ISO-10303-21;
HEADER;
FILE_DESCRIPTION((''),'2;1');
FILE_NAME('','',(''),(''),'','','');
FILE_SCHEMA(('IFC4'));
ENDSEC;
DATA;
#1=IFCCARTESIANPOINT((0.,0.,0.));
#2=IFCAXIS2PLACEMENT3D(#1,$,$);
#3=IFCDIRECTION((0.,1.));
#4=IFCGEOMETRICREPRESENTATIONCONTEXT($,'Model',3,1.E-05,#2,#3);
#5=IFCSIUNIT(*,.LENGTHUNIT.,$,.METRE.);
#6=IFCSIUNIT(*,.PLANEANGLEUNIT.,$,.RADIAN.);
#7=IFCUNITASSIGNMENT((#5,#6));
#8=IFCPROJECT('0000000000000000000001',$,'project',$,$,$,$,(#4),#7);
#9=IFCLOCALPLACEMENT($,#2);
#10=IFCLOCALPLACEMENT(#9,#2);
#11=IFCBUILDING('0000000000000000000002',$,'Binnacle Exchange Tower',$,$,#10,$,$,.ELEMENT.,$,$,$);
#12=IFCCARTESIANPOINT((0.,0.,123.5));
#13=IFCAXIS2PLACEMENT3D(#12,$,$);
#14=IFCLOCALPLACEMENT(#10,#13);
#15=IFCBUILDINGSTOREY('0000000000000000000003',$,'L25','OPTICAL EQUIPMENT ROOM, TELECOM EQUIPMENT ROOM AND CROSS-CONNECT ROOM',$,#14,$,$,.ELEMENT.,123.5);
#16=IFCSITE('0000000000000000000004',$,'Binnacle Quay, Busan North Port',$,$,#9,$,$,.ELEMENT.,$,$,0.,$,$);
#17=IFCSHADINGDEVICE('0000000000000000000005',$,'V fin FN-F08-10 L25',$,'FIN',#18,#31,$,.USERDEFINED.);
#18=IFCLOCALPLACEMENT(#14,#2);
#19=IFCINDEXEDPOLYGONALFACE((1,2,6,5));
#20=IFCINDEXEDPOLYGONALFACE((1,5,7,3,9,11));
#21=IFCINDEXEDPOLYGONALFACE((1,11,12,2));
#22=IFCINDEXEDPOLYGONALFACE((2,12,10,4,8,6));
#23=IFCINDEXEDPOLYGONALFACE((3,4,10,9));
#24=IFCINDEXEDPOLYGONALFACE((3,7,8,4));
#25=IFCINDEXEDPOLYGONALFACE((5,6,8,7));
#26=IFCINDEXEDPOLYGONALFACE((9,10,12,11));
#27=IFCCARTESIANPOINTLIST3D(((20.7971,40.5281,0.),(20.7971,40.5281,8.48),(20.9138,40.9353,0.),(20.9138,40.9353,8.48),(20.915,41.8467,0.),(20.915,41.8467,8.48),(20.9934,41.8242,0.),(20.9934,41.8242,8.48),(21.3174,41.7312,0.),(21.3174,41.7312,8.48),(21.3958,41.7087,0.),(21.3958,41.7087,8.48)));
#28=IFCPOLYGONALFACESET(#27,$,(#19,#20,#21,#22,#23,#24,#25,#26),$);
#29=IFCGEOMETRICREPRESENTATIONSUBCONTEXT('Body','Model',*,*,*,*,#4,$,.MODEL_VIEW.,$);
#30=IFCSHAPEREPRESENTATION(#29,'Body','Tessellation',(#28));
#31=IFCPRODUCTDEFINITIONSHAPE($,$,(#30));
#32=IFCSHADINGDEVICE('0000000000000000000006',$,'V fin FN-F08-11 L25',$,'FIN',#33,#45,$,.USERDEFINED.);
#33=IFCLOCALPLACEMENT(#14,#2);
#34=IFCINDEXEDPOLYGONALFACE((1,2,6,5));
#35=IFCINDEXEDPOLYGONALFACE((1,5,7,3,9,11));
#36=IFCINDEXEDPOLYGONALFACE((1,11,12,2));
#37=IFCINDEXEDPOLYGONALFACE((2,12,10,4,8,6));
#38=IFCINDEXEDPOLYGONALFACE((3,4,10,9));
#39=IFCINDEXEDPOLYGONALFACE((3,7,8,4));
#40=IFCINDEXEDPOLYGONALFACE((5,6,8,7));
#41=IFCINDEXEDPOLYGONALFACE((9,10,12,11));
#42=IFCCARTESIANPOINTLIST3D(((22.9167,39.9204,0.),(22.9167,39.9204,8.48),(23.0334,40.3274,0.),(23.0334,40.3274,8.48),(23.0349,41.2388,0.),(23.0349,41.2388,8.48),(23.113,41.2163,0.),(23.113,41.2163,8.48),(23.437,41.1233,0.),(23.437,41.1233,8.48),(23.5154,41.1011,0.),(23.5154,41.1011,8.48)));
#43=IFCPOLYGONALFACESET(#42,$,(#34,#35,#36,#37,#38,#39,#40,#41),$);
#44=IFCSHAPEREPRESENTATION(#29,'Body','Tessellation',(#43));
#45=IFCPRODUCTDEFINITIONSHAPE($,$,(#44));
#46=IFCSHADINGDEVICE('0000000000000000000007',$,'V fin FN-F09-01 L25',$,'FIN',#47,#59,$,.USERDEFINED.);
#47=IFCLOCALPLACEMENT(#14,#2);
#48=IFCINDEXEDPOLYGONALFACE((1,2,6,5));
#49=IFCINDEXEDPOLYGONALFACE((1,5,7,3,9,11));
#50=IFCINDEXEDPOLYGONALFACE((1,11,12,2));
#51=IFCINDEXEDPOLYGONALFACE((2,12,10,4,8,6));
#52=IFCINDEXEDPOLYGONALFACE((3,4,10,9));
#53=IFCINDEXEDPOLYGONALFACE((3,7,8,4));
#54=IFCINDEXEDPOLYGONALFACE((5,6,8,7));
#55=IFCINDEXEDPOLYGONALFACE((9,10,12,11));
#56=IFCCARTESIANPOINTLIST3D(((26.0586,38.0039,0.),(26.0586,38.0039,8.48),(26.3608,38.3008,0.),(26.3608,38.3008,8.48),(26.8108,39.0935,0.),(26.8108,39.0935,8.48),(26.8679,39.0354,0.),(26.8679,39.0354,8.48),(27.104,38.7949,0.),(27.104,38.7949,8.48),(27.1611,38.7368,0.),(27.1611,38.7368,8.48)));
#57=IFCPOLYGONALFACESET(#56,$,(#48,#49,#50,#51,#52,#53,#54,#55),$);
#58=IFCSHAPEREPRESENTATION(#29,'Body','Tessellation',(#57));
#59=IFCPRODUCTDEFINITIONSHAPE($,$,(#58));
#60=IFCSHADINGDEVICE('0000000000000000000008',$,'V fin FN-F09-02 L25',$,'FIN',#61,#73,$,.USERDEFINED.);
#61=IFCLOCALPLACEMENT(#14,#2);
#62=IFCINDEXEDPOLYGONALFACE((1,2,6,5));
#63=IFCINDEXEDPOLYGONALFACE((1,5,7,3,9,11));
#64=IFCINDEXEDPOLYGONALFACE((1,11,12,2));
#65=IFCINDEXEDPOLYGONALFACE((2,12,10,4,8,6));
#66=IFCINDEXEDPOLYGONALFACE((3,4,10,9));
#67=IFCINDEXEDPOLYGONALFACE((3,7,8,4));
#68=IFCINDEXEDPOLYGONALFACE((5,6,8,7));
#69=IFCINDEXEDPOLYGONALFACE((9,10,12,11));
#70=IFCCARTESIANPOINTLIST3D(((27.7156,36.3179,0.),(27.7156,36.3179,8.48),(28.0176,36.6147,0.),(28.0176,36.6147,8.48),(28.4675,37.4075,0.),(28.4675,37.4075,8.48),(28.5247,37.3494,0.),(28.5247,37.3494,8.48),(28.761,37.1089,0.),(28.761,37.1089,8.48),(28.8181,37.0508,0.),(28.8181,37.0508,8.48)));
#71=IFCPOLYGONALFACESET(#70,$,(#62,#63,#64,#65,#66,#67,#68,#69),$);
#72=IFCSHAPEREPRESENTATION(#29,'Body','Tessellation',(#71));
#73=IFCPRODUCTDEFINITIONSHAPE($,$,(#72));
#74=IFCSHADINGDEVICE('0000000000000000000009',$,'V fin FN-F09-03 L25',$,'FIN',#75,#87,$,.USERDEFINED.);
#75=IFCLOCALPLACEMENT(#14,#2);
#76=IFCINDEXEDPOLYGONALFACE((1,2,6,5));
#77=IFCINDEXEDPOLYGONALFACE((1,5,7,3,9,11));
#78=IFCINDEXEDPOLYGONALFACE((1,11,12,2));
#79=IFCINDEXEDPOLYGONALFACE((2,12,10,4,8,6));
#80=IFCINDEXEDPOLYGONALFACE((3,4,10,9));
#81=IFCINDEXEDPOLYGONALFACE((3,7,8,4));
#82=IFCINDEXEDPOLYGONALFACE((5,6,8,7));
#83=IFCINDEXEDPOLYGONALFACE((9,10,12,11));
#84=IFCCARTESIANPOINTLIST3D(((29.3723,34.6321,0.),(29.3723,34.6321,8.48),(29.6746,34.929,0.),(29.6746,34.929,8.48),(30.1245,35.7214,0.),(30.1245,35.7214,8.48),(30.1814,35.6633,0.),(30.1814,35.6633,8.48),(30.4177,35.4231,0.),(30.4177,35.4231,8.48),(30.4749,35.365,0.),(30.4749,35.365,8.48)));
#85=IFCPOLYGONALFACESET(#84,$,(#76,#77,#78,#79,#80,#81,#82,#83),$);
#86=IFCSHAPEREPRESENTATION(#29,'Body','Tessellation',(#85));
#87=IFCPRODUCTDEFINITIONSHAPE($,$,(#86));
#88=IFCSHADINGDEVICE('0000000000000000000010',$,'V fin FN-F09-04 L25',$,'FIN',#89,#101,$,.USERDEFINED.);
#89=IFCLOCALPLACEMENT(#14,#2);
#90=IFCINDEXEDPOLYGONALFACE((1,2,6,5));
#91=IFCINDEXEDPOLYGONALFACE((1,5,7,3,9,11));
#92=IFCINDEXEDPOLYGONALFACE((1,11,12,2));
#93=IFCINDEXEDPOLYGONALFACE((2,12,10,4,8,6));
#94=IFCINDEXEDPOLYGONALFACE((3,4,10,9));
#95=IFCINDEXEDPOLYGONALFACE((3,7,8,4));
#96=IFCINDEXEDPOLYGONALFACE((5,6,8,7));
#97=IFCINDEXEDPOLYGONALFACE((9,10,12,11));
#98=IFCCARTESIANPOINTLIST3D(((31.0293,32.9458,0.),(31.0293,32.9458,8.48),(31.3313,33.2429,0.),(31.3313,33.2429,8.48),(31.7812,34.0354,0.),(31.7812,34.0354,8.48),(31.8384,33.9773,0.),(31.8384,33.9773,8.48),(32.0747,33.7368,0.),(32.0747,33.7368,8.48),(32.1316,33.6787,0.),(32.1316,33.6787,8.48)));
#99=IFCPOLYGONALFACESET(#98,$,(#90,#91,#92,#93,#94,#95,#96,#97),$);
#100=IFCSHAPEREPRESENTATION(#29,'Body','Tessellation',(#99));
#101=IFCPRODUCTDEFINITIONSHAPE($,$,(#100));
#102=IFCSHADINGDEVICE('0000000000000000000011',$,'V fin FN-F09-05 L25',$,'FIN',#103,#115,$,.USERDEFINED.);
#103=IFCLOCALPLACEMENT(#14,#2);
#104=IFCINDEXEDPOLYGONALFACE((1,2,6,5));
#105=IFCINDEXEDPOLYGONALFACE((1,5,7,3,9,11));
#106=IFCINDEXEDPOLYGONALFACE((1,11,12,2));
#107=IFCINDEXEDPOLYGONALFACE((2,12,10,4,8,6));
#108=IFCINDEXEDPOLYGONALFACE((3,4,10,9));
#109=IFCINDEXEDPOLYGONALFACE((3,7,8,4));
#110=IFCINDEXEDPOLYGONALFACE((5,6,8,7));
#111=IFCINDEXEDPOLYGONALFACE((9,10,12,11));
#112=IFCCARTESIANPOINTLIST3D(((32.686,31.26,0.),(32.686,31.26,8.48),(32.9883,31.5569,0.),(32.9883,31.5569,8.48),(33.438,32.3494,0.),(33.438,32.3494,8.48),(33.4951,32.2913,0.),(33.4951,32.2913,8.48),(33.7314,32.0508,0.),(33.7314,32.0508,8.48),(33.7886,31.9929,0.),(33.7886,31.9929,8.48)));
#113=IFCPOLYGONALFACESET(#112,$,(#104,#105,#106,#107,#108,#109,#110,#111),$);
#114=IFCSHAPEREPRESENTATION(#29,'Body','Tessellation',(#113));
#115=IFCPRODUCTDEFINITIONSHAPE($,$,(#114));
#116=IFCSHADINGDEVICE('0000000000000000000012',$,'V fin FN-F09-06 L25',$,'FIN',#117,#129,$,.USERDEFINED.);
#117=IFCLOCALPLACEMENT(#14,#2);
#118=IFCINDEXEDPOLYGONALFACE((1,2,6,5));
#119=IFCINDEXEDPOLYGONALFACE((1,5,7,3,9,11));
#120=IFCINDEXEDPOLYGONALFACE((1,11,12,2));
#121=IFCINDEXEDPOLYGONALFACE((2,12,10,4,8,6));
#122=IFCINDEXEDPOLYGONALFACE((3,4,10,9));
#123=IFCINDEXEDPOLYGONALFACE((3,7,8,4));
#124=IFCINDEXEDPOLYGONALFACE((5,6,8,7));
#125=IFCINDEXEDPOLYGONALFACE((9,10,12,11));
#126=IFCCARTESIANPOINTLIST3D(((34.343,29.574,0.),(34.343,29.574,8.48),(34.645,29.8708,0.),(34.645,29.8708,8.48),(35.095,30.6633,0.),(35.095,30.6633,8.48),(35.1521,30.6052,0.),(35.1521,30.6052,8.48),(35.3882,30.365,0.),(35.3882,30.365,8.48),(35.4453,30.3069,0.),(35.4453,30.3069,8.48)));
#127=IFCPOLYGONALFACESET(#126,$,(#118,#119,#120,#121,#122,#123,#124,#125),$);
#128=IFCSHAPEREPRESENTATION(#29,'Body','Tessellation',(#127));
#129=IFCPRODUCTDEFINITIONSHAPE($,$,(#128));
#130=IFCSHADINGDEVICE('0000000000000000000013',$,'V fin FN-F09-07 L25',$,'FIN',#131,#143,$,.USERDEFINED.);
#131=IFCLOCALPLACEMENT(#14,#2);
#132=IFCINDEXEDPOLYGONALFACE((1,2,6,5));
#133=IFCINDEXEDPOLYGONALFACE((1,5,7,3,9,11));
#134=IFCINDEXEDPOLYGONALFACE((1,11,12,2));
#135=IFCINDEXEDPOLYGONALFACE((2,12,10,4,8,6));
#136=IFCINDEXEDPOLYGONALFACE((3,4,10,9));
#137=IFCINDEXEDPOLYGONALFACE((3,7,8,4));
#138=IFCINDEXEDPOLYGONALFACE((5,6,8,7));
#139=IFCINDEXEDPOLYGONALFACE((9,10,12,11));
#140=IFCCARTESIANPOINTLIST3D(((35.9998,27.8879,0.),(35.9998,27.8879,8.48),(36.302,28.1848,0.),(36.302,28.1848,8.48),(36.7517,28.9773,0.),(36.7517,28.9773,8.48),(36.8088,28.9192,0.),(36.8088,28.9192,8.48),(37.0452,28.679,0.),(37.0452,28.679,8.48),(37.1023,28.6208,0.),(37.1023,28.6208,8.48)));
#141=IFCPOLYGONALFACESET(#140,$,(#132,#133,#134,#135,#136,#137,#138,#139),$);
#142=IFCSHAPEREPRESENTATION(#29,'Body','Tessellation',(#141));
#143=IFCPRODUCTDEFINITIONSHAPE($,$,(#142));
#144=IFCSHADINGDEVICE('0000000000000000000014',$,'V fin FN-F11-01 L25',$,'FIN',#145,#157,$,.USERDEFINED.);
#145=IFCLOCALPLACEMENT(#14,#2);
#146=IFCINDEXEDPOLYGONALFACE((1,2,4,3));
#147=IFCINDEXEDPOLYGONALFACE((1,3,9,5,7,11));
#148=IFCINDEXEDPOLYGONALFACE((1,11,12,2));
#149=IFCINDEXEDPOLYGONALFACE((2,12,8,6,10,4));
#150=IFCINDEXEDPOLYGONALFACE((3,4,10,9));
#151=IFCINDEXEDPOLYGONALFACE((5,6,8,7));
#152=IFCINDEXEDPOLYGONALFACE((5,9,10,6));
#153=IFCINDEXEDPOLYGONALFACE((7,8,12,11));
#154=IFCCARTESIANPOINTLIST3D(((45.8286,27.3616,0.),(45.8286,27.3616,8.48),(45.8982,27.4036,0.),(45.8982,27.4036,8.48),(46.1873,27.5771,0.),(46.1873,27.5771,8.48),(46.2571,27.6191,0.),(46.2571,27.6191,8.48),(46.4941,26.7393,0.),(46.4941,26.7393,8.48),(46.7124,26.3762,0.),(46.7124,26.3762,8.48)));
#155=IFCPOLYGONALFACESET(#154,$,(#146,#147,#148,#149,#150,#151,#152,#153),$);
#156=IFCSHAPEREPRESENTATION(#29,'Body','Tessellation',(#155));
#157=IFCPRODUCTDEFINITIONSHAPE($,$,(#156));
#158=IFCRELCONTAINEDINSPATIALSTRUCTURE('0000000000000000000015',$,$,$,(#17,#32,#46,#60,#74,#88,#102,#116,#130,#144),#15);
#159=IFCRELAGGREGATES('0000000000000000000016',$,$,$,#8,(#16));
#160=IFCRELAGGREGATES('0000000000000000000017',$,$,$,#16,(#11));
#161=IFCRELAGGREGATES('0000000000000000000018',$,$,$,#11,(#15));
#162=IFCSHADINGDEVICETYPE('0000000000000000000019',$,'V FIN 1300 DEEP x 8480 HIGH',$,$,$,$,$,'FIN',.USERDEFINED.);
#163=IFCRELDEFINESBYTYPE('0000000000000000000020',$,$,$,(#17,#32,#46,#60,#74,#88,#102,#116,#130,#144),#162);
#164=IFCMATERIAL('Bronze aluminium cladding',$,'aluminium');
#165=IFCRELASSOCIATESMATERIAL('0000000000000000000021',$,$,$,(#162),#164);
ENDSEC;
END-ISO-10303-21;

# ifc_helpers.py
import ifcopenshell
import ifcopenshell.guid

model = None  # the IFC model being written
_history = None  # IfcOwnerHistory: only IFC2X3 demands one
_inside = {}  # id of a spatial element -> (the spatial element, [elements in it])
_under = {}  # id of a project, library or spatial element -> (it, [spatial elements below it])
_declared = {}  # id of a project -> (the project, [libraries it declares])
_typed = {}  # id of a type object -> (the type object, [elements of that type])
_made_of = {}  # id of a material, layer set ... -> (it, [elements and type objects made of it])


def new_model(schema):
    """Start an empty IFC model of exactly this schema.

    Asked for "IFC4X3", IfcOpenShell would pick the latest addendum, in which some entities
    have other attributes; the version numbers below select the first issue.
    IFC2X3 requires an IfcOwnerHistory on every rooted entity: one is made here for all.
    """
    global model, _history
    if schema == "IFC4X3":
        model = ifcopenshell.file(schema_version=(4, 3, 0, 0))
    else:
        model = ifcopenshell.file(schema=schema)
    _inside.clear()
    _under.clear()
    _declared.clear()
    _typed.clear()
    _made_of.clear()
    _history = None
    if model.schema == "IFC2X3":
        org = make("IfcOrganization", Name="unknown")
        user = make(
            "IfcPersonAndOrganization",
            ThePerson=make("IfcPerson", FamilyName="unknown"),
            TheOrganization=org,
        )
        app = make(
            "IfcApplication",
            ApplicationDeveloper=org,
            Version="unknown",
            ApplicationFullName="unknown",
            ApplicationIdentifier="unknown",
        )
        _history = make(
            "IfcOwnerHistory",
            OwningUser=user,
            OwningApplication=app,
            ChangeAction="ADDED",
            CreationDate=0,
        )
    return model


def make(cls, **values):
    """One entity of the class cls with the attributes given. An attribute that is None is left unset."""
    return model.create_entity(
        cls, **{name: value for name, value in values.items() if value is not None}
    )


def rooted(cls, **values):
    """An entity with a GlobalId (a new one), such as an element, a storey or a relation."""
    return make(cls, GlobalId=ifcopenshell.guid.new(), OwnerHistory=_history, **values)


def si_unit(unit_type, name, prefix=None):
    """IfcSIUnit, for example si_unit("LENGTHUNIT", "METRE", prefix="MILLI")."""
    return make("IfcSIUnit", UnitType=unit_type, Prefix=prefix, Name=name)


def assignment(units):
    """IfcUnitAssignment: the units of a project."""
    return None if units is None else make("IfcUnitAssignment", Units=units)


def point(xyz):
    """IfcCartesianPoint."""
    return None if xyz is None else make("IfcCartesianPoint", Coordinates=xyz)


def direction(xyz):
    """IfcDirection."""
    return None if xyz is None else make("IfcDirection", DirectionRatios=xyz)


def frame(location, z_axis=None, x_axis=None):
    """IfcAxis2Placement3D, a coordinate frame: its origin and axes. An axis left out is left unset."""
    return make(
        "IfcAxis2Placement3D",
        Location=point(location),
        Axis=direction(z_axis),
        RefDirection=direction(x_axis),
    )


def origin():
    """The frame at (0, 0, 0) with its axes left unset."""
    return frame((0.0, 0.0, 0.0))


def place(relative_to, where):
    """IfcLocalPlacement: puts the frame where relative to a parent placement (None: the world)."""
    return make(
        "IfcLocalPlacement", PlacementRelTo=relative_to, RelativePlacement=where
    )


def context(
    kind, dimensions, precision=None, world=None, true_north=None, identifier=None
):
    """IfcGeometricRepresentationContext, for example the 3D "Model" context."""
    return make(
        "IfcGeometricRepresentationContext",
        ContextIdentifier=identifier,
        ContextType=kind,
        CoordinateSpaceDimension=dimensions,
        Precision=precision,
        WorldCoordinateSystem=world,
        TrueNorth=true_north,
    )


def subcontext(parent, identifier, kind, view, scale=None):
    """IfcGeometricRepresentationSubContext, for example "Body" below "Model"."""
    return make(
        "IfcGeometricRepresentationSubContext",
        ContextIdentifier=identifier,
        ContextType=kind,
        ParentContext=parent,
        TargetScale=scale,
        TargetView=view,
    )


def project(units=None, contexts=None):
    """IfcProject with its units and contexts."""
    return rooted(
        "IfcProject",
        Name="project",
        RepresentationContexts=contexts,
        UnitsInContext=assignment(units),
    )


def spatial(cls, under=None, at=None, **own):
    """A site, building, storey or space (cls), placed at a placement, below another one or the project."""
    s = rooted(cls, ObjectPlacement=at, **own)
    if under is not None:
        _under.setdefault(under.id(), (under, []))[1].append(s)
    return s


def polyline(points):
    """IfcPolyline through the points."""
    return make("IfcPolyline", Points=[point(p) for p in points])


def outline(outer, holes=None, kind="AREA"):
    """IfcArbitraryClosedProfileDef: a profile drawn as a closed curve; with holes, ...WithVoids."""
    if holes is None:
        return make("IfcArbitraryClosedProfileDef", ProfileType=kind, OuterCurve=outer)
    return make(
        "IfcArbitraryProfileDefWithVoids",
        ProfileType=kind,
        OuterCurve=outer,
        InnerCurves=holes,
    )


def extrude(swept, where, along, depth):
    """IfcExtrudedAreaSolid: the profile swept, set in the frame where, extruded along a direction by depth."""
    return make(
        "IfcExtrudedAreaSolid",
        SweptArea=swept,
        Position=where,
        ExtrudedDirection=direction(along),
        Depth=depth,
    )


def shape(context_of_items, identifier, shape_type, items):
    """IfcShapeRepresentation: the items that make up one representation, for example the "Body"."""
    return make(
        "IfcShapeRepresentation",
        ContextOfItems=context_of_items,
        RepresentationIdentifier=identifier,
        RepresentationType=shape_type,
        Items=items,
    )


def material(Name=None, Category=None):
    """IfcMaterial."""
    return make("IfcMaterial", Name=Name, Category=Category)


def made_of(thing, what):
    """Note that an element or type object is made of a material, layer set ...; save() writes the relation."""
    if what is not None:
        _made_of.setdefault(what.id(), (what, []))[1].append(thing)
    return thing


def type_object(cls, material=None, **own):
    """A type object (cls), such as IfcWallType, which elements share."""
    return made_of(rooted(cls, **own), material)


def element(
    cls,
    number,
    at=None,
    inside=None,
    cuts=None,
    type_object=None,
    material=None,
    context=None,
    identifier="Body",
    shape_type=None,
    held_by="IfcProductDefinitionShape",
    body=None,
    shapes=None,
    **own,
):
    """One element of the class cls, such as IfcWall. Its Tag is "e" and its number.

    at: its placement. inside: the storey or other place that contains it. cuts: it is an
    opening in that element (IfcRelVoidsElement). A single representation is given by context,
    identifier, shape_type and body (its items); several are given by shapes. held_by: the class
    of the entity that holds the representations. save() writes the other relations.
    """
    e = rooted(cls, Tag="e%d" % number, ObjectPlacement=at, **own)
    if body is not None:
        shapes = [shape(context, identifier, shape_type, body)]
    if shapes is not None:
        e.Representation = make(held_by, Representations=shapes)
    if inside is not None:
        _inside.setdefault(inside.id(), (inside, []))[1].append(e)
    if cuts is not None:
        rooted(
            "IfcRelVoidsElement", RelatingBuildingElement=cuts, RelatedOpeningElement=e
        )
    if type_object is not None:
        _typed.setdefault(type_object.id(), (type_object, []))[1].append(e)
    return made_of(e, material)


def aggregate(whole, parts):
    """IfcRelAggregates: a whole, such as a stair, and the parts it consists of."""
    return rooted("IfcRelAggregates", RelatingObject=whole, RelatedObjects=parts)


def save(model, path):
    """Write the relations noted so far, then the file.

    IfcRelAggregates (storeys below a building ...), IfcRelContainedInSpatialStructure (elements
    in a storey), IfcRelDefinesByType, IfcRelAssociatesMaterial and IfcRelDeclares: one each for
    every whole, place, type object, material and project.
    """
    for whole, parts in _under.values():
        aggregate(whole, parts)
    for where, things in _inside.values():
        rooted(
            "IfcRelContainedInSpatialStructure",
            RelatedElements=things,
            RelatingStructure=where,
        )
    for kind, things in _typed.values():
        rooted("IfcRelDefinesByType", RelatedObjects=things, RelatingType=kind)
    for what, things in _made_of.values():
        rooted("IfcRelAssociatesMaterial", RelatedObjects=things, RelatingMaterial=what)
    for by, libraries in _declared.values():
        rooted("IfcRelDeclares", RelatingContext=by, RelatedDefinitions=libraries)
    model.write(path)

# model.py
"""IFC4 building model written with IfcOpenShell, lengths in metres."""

from ifc_helpers import new_model, si_unit, direction, frame, origin, place, context, subcontext, project, spatial, polyline, outline, extrude, material, type_object, element, save


model = new_model("IFC4")

# Units and contexts
model_context = context("Model", 3, precision=1e-05, world=origin(), true_north=direction((0.0, 1.0)))
body_context = subcontext(model_context, "Body", "Model", "MODEL_VIEW")
ifc_project = project(units=[si_unit("LENGTHUNIT", "METRE"), si_unit("PLANEANGLEUNIT", "RADIAN")], contexts=[model_context])

# Site, building, storey
site_placement = place(None, origin())
site = spatial("IfcSite", under=ifc_project, at=site_placement, Name="Binnacle Quay, Busan North Port", CompositionType="ELEMENT", RefElevation=0.0)
building_placement = place(site_placement, origin())
building = spatial("IfcBuilding", under=site, at=building_placement, Name="Binnacle Exchange Tower", CompositionType="ELEMENT")
storey_placement = place(building_placement, frame((0.0, 0.0, 123.5)))
storey = spatial("IfcBuildingStorey", under=building, at=storey_placement, Name="L25", Description="OPTICAL EQUIPMENT ROOM, TELECOM EQUIPMENT ROOM AND CROSS-CONNECT ROOM", CompositionType="ELEMENT", Elevation=123.5)

# Shading devices
ifc_material = material(Name="Bronze aluminium cladding", Category="aluminium")
shading_device_type = type_object("IfcShadingDeviceType", Name="V FIN 1300 DEEP x 8480 HIGH", ElementType="FIN", PredefinedType="USERDEFINED", material=ifc_material)
shading_device_1_placement = place(storey_placement, origin())
element("IfcShadingDevice", 1, at=shading_device_1_placement, inside=storey, type_object=shading_device_type, Name="V fin FN-F08-10 L25", ObjectType="FIN", PredefinedType="USERDEFINED", context=body_context, shape_type="SweptSolid", body=[
    extrude(outline(polyline([(20.915, 41.8467), (20.7971, 40.5281), (21.3958, 41.7087), (21.3174, 41.7312), (20.9138, 40.9353), (20.9934, 41.8242), (20.915, 41.8467)])), origin(), (0.0, 0.0, 1.0), 8.48),
])
shading_device_2_placement = place(storey_placement, origin())
element("IfcShadingDevice", 2, at=shading_device_2_placement, inside=storey, type_object=shading_device_type, Name="V fin FN-F08-11 L25", ObjectType="FIN", PredefinedType="USERDEFINED", context=body_context, shape_type="SweptSolid", body=[
    extrude(outline(polyline([(23.0349, 41.2388), (22.9167, 39.9204), (23.5154, 41.1011), (23.437, 41.1233), (23.0334, 40.3274), (23.113, 41.2163), (23.0349, 41.2388)])), origin(), (0.0, 0.0, 1.0), 8.48),
])
shading_device_3_placement = place(storey_placement, origin())
element("IfcShadingDevice", 3, at=shading_device_3_placement, inside=storey, type_object=shading_device_type, Name="V fin FN-F09-01 L25", ObjectType="FIN", PredefinedType="USERDEFINED", context=body_context, shape_type="SweptSolid", body=[
    extrude(outline(polyline([(26.8108, 39.0935), (26.0586, 38.0039), (27.1611, 38.7368), (27.104, 38.7949), (26.3608, 38.3008), (26.8679, 39.0354), (26.8108, 39.0935)])), origin(), (0.0, 0.0, 1.0), 8.48),
])
shading_device_4_placement = place(storey_placement, origin())
element("IfcShadingDevice", 4, at=shading_device_4_placement, inside=storey, type_object=shading_device_type, Name="V fin FN-F09-02 L25", ObjectType="FIN", PredefinedType="USERDEFINED", context=body_context, shape_type="SweptSolid", body=[
    extrude(outline(polyline([(28.4675, 37.4075), (27.7156, 36.3179), (28.8181, 37.0508), (28.761, 37.1089), (28.0176, 36.6147), (28.5247, 37.3494), (28.4675, 37.4075)])), origin(), (0.0, 0.0, 1.0), 8.48),
])
shading_device_5_placement = place(storey_placement, origin())
element("IfcShadingDevice", 5, at=shading_device_5_placement, inside=storey, type_object=shading_device_type, Name="V fin FN-F09-03 L25", ObjectType="FIN", PredefinedType="USERDEFINED", context=body_context, shape_type="SweptSolid", body=[
    extrude(outline(polyline([(30.1245, 35.7214), (29.3723, 34.6321), (30.4749, 35.365), (30.4177, 35.4231), (29.6746, 34.929), (30.1814, 35.6633), (30.1245, 35.7214)])), origin(), (0.0, 0.0, 1.0), 8.48),
])
shading_device_6_placement = place(storey_placement, origin())
element("IfcShadingDevice", 6, at=shading_device_6_placement, inside=storey, type_object=shading_device_type, Name="V fin FN-F09-04 L25", ObjectType="FIN", PredefinedType="USERDEFINED", context=body_context, shape_type="SweptSolid", body=[
    extrude(outline(polyline([(31.7812, 34.0354), (31.0293, 32.9458), (32.1316, 33.6787), (32.0747, 33.7368), (31.3313, 33.2429), (31.8384, 33.9773), (31.7812, 34.0354)])), origin(), (0.0, 0.0, 1.0), 8.48),
])
shading_device_7_placement = place(storey_placement, origin())
element("IfcShadingDevice", 7, at=shading_device_7_placement, inside=storey, type_object=shading_device_type, Name="V fin FN-F09-05 L25", ObjectType="FIN", PredefinedType="USERDEFINED", context=body_context, shape_type="SweptSolid", body=[
    extrude(outline(polyline([(33.438, 32.3494), (32.686, 31.26), (33.7886, 31.9929), (33.7314, 32.0508), (32.9883, 31.5569), (33.4951, 32.2913), (33.438, 32.3494)])), origin(), (0.0, 0.0, 1.0), 8.48),
])
shading_device_8_placement = place(storey_placement, origin())
element("IfcShadingDevice", 8, at=shading_device_8_placement, inside=storey, type_object=shading_device_type, Name="V fin FN-F09-06 L25", ObjectType="FIN", PredefinedType="USERDEFINED", context=body_context, shape_type="SweptSolid", body=[
    extrude(outline(polyline([(35.095, 30.6633), (34.343, 29.574), (35.4453, 30.3069), (35.3882, 30.365), (34.645, 29.8708), (35.1521, 30.6052), (35.095, 30.6633)])), origin(), (0.0, 0.0, 1.0), 8.48),
])
shading_device_9_placement = place(storey_placement, origin())
element("IfcShadingDevice", 9, at=shading_device_9_placement, inside=storey, type_object=shading_device_type, Name="V fin FN-F09-07 L25", ObjectType="FIN", PredefinedType="USERDEFINED", context=body_context, shape_type="SweptSolid", body=[
    extrude(outline(polyline([(36.7517, 28.9773), (35.9998, 27.8879), (37.1023, 28.6208), (37.0452, 28.679), (36.302, 28.1848), (36.8088, 28.9192), (36.7517, 28.9773)])), origin(), (0.0, 0.0, 1.0), 8.48),
])
shading_device_10_placement = place(storey_placement, origin())
element("IfcShadingDevice", 10, at=shading_device_10_placement, inside=storey, type_object=shading_device_type, Name="V fin FN-F11-01 L25", ObjectType="FIN", PredefinedType="USERDEFINED", context=body_context, shape_type="SweptSolid", body=[
    extrude(outline(polyline([(45.8286, 27.3616), (46.7124, 26.3762), (46.2571, 27.6191), (46.1873, 27.5771), (46.4941, 26.7393), (45.8982, 27.4036), (45.8286, 27.3616)])), origin(), (0.0, 0.0, 1.0), 8.48),
])

save(model, "model.ifc")
